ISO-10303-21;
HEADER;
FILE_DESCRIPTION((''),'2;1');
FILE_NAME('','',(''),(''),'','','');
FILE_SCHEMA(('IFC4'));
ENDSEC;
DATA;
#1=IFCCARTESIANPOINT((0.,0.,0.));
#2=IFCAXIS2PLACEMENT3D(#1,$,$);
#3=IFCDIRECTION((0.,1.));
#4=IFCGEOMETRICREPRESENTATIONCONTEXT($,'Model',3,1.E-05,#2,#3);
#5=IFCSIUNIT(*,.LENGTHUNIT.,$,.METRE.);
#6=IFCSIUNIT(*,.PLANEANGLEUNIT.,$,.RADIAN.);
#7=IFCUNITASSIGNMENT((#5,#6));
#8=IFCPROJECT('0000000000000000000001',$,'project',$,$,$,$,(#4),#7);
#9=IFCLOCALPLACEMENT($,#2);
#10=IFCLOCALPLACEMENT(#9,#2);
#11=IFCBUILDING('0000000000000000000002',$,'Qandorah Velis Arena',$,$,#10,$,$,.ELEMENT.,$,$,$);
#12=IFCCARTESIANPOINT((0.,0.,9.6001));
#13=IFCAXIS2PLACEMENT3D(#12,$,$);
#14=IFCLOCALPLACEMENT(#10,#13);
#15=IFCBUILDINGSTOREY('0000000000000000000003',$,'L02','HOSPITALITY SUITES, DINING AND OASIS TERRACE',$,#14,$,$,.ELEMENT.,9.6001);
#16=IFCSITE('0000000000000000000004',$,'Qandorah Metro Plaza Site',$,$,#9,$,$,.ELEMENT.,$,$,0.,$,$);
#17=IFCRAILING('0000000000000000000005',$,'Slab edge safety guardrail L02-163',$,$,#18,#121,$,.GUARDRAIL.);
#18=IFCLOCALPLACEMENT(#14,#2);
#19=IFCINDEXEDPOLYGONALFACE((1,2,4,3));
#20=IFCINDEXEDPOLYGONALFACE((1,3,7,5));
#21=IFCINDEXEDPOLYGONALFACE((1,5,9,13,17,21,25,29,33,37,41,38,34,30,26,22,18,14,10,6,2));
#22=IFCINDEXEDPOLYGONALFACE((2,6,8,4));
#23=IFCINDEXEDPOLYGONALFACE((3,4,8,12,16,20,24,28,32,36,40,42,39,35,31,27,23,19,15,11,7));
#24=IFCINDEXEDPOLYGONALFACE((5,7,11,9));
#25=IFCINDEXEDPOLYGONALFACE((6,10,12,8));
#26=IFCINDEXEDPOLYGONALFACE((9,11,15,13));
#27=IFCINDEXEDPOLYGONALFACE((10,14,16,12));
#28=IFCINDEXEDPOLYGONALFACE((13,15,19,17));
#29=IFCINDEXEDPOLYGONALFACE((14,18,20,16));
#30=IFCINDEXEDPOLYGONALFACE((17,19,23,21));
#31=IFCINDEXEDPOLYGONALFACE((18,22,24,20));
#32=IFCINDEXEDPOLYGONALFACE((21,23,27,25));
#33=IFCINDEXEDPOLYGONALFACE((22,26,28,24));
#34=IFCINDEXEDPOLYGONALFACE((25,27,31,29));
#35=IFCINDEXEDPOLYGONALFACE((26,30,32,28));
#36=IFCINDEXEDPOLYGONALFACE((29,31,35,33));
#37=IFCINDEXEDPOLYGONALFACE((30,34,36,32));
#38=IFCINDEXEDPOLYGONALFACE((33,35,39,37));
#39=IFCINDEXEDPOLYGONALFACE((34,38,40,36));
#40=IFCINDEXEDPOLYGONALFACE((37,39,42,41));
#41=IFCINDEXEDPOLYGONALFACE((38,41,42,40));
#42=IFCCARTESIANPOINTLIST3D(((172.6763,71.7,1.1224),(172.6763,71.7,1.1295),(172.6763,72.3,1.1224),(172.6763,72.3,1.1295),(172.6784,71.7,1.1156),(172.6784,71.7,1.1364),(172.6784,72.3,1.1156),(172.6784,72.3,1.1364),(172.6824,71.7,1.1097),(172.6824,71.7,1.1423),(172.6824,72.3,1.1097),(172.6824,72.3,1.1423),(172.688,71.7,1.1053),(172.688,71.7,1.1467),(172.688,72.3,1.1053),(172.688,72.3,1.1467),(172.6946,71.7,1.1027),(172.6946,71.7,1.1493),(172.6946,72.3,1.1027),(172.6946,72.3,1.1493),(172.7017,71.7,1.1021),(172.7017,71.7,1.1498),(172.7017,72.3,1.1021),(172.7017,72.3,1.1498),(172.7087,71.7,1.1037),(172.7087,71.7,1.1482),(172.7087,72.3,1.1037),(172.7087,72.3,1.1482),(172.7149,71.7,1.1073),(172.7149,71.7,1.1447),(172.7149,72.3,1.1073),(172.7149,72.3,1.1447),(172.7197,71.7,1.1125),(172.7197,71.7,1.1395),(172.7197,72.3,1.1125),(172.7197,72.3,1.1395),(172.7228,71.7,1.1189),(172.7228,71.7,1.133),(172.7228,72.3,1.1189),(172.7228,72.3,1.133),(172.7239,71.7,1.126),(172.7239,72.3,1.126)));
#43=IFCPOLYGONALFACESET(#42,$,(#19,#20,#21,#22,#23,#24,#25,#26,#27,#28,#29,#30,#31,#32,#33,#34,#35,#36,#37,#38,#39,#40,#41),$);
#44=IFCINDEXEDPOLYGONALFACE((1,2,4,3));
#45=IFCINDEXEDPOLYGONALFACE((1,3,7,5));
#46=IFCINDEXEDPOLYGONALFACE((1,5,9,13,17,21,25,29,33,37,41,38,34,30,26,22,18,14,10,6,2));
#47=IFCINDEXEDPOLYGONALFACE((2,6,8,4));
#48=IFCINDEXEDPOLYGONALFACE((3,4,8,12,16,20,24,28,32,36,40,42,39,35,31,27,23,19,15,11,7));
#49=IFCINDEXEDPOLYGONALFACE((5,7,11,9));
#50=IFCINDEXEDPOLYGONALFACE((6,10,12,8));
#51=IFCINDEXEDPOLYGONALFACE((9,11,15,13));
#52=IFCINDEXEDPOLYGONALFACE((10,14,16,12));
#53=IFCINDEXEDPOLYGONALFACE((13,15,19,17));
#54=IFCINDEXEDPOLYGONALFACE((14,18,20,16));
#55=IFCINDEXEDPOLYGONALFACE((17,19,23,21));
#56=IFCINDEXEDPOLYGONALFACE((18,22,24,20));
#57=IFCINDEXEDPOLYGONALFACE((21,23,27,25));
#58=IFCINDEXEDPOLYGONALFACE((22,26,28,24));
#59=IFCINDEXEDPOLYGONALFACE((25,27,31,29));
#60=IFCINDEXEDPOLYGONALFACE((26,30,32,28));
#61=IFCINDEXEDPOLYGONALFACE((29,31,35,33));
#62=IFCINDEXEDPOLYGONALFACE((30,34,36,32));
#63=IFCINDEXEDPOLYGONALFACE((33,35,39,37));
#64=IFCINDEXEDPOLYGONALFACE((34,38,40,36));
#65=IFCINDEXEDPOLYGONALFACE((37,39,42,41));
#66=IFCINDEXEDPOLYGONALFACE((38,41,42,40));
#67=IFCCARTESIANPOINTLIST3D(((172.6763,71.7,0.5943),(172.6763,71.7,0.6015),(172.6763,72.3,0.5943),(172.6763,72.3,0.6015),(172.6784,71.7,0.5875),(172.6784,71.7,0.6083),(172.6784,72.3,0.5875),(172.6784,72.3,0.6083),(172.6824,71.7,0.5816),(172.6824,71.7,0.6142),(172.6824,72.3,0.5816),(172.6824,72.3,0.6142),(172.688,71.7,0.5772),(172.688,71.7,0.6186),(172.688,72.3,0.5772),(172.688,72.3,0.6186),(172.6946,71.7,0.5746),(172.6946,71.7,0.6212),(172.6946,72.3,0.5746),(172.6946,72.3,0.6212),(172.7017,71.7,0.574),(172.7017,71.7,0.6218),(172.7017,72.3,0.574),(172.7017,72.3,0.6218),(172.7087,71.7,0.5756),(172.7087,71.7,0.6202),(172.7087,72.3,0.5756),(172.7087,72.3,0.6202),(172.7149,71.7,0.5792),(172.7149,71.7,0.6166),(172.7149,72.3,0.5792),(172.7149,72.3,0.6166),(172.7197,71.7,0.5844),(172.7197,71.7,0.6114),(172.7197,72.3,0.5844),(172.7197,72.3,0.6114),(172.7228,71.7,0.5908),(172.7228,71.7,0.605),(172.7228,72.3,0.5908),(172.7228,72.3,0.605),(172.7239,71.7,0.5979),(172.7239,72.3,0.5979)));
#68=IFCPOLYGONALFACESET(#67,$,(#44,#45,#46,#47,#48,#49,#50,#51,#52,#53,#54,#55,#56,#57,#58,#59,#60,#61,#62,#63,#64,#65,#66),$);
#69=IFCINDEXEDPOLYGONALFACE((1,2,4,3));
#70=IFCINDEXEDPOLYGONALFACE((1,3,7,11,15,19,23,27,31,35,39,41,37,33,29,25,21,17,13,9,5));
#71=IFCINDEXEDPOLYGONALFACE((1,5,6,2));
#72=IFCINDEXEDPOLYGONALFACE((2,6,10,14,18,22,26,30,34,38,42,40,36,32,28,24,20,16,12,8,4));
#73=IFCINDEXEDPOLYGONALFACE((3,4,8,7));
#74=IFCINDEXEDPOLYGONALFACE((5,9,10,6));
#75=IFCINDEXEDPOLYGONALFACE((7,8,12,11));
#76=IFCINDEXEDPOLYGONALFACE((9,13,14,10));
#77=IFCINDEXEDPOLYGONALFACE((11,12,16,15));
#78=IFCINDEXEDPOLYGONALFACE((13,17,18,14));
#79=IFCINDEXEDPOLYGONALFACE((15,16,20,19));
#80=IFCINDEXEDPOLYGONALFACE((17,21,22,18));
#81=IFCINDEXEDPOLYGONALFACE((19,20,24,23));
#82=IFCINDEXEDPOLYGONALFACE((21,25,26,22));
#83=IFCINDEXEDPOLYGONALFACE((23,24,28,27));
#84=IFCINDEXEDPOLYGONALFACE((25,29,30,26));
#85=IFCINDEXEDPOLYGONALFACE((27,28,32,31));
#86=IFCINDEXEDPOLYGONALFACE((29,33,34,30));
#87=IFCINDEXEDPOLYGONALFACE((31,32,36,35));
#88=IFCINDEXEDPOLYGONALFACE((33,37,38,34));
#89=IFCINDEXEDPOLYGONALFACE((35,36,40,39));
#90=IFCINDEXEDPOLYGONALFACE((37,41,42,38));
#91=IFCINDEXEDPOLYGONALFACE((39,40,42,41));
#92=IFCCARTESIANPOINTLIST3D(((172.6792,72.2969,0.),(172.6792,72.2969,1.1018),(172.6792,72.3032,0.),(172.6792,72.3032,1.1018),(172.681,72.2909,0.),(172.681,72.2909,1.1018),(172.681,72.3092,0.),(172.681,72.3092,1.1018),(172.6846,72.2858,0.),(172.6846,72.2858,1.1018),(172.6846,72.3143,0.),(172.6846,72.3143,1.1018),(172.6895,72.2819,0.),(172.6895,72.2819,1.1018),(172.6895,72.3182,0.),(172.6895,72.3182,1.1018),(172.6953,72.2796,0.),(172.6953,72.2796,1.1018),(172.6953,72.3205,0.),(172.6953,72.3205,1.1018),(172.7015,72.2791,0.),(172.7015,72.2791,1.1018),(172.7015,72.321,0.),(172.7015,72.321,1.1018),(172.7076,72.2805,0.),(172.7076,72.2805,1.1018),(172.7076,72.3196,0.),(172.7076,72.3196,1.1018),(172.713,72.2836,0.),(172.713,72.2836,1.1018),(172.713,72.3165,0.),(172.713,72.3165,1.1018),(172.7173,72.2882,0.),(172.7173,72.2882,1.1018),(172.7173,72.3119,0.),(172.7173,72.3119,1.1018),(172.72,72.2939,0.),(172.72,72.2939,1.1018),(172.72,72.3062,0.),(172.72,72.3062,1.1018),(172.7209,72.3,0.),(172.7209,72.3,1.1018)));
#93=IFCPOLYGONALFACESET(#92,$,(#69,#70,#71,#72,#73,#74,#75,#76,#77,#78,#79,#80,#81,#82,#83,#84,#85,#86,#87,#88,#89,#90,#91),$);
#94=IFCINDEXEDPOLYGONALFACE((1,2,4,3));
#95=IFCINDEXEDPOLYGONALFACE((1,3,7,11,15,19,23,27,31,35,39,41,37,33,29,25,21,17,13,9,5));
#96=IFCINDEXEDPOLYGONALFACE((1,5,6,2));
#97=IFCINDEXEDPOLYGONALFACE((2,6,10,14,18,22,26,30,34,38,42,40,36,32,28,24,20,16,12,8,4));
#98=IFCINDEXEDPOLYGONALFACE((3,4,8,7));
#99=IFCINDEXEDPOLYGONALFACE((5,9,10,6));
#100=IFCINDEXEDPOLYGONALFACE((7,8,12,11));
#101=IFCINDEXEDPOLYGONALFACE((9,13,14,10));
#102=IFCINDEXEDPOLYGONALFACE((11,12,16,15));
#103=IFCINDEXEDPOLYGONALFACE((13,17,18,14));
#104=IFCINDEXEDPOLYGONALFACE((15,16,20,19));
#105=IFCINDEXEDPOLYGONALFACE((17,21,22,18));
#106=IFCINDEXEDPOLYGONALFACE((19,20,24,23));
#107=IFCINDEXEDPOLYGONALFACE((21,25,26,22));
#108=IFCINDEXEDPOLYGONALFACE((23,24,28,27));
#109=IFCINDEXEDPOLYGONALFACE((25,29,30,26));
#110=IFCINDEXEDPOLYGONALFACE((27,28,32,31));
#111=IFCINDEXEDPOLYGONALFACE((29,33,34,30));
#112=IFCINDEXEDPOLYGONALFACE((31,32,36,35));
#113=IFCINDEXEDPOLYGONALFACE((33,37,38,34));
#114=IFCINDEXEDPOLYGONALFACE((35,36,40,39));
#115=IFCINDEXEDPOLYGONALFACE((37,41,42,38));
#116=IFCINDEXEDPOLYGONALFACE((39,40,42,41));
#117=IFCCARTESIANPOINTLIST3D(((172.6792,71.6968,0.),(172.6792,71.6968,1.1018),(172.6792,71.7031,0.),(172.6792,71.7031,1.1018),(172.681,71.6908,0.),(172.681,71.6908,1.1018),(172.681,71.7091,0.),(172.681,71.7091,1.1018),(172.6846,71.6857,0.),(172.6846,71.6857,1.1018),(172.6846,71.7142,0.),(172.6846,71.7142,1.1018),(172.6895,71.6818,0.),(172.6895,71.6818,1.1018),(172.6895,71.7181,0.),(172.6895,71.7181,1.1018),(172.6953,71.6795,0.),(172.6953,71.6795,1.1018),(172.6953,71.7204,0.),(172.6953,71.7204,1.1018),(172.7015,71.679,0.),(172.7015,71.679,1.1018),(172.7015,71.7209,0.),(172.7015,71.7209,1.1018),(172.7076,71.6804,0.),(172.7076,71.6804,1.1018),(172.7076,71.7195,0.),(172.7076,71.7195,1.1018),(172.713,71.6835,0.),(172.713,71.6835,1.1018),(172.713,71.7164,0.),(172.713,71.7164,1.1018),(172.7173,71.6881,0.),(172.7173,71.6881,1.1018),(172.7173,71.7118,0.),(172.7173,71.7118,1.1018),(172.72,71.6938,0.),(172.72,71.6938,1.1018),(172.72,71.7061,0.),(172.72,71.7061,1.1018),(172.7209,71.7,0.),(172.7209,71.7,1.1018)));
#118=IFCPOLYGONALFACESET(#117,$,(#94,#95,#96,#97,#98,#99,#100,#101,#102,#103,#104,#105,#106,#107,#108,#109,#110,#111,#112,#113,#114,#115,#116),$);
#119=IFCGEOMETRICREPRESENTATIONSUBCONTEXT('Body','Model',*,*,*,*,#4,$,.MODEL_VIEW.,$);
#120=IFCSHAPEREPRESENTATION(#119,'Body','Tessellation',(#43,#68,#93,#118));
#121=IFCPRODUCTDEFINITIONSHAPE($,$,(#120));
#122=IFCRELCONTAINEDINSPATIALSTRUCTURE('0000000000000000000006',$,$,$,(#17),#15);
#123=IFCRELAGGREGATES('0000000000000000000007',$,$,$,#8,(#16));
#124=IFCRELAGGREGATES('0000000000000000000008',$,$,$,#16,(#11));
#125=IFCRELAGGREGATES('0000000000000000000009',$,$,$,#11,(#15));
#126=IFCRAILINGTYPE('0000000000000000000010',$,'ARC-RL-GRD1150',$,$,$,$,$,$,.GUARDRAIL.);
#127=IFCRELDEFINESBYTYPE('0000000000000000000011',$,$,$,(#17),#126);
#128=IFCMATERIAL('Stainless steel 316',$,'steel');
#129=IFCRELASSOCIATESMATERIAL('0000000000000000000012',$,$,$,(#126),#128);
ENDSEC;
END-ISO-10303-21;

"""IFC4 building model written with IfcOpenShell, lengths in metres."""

from ifc_helpers import new_model, si_unit, direction, frame, origin, origin_2d, place, context, subcontext, project, spatial, circle, extrude, material, type_object, element, save


model = new_model("IFC4")

# Units and contexts
model_context = context("Model", 3, precision=1e-05, world=origin(), true_north=direction((0.0, 1.0)))
body_context = subcontext(model_context, "Body", "Model", "MODEL_VIEW")
ifc_project = project(units=[si_unit("LENGTHUNIT", "METRE"), si_unit("PLANEANGLEUNIT", "RADIAN")], contexts=[model_context])

# Site, building, storey
site_placement = place(None, origin())
site = spatial("IfcSite", under=ifc_project, at=site_placement, Name="Qandorah Metro Plaza Site", CompositionType="ELEMENT", RefElevation=0.0)
building_placement = place(site_placement, origin())
building = spatial("IfcBuilding", under=site, at=building_placement, Name="Qandorah Velis Arena", CompositionType="ELEMENT")
storey_placement = place(building_placement, frame((0.0, 0.0, 9.6001)))
storey = spatial("IfcBuildingStorey", under=building, at=storey_placement, Name="L02", Description="HOSPITALITY SUITES, DINING AND OASIS TERRACE", CompositionType="ELEMENT", Elevation=9.6001)

# Railing
ifc_material_1 = material(Name="Stainless steel 316", Category="steel")
railing_type = type_object("IfcRailingType", Name="ARC-RL-GRD1150", PredefinedType="GUARDRAIL", material=ifc_material_1)
for number, where, name in (
    (1, (172.7, 72.3, 0.0), "Slab edge safety guardrail L02-163"),
):
    element("IfcRailing", number, at=place(storey_placement, frame(where)), inside=storey, type_object=railing_type, Name=name, PredefinedType="GUARDRAIL", context=body_context, shape_type="SweptSolid", body=[
        extrude(circle(Radius=0.0239, at=origin_2d()), frame((0.0, 0.0, 1.126), z_axis=(0.0, -1.0, 0.0), x_axis=(1.0, 0.0, 0.0)), (0.0, 0.0, 1.0), 0.6001),
        extrude(circle(Radius=0.0239, at=origin_2d()), frame((0.0, 0.0, 0.5979), z_axis=(0.0, -1.0, 0.0), x_axis=(1.0, 0.0, 0.0)), (0.0, 0.0, 1.0), 0.6001),
        extrude(circle(Radius=0.021, at=origin_2d()), origin(), (0.0, 0.0, 1.0), 1.1018),
        extrude(circle(Radius=0.021, at=origin_2d()), frame((0.0, -0.6001, 0.0)), (0.0, 0.0, 1.0), 1.1018),
    ])

save(model, "model.ifc")
